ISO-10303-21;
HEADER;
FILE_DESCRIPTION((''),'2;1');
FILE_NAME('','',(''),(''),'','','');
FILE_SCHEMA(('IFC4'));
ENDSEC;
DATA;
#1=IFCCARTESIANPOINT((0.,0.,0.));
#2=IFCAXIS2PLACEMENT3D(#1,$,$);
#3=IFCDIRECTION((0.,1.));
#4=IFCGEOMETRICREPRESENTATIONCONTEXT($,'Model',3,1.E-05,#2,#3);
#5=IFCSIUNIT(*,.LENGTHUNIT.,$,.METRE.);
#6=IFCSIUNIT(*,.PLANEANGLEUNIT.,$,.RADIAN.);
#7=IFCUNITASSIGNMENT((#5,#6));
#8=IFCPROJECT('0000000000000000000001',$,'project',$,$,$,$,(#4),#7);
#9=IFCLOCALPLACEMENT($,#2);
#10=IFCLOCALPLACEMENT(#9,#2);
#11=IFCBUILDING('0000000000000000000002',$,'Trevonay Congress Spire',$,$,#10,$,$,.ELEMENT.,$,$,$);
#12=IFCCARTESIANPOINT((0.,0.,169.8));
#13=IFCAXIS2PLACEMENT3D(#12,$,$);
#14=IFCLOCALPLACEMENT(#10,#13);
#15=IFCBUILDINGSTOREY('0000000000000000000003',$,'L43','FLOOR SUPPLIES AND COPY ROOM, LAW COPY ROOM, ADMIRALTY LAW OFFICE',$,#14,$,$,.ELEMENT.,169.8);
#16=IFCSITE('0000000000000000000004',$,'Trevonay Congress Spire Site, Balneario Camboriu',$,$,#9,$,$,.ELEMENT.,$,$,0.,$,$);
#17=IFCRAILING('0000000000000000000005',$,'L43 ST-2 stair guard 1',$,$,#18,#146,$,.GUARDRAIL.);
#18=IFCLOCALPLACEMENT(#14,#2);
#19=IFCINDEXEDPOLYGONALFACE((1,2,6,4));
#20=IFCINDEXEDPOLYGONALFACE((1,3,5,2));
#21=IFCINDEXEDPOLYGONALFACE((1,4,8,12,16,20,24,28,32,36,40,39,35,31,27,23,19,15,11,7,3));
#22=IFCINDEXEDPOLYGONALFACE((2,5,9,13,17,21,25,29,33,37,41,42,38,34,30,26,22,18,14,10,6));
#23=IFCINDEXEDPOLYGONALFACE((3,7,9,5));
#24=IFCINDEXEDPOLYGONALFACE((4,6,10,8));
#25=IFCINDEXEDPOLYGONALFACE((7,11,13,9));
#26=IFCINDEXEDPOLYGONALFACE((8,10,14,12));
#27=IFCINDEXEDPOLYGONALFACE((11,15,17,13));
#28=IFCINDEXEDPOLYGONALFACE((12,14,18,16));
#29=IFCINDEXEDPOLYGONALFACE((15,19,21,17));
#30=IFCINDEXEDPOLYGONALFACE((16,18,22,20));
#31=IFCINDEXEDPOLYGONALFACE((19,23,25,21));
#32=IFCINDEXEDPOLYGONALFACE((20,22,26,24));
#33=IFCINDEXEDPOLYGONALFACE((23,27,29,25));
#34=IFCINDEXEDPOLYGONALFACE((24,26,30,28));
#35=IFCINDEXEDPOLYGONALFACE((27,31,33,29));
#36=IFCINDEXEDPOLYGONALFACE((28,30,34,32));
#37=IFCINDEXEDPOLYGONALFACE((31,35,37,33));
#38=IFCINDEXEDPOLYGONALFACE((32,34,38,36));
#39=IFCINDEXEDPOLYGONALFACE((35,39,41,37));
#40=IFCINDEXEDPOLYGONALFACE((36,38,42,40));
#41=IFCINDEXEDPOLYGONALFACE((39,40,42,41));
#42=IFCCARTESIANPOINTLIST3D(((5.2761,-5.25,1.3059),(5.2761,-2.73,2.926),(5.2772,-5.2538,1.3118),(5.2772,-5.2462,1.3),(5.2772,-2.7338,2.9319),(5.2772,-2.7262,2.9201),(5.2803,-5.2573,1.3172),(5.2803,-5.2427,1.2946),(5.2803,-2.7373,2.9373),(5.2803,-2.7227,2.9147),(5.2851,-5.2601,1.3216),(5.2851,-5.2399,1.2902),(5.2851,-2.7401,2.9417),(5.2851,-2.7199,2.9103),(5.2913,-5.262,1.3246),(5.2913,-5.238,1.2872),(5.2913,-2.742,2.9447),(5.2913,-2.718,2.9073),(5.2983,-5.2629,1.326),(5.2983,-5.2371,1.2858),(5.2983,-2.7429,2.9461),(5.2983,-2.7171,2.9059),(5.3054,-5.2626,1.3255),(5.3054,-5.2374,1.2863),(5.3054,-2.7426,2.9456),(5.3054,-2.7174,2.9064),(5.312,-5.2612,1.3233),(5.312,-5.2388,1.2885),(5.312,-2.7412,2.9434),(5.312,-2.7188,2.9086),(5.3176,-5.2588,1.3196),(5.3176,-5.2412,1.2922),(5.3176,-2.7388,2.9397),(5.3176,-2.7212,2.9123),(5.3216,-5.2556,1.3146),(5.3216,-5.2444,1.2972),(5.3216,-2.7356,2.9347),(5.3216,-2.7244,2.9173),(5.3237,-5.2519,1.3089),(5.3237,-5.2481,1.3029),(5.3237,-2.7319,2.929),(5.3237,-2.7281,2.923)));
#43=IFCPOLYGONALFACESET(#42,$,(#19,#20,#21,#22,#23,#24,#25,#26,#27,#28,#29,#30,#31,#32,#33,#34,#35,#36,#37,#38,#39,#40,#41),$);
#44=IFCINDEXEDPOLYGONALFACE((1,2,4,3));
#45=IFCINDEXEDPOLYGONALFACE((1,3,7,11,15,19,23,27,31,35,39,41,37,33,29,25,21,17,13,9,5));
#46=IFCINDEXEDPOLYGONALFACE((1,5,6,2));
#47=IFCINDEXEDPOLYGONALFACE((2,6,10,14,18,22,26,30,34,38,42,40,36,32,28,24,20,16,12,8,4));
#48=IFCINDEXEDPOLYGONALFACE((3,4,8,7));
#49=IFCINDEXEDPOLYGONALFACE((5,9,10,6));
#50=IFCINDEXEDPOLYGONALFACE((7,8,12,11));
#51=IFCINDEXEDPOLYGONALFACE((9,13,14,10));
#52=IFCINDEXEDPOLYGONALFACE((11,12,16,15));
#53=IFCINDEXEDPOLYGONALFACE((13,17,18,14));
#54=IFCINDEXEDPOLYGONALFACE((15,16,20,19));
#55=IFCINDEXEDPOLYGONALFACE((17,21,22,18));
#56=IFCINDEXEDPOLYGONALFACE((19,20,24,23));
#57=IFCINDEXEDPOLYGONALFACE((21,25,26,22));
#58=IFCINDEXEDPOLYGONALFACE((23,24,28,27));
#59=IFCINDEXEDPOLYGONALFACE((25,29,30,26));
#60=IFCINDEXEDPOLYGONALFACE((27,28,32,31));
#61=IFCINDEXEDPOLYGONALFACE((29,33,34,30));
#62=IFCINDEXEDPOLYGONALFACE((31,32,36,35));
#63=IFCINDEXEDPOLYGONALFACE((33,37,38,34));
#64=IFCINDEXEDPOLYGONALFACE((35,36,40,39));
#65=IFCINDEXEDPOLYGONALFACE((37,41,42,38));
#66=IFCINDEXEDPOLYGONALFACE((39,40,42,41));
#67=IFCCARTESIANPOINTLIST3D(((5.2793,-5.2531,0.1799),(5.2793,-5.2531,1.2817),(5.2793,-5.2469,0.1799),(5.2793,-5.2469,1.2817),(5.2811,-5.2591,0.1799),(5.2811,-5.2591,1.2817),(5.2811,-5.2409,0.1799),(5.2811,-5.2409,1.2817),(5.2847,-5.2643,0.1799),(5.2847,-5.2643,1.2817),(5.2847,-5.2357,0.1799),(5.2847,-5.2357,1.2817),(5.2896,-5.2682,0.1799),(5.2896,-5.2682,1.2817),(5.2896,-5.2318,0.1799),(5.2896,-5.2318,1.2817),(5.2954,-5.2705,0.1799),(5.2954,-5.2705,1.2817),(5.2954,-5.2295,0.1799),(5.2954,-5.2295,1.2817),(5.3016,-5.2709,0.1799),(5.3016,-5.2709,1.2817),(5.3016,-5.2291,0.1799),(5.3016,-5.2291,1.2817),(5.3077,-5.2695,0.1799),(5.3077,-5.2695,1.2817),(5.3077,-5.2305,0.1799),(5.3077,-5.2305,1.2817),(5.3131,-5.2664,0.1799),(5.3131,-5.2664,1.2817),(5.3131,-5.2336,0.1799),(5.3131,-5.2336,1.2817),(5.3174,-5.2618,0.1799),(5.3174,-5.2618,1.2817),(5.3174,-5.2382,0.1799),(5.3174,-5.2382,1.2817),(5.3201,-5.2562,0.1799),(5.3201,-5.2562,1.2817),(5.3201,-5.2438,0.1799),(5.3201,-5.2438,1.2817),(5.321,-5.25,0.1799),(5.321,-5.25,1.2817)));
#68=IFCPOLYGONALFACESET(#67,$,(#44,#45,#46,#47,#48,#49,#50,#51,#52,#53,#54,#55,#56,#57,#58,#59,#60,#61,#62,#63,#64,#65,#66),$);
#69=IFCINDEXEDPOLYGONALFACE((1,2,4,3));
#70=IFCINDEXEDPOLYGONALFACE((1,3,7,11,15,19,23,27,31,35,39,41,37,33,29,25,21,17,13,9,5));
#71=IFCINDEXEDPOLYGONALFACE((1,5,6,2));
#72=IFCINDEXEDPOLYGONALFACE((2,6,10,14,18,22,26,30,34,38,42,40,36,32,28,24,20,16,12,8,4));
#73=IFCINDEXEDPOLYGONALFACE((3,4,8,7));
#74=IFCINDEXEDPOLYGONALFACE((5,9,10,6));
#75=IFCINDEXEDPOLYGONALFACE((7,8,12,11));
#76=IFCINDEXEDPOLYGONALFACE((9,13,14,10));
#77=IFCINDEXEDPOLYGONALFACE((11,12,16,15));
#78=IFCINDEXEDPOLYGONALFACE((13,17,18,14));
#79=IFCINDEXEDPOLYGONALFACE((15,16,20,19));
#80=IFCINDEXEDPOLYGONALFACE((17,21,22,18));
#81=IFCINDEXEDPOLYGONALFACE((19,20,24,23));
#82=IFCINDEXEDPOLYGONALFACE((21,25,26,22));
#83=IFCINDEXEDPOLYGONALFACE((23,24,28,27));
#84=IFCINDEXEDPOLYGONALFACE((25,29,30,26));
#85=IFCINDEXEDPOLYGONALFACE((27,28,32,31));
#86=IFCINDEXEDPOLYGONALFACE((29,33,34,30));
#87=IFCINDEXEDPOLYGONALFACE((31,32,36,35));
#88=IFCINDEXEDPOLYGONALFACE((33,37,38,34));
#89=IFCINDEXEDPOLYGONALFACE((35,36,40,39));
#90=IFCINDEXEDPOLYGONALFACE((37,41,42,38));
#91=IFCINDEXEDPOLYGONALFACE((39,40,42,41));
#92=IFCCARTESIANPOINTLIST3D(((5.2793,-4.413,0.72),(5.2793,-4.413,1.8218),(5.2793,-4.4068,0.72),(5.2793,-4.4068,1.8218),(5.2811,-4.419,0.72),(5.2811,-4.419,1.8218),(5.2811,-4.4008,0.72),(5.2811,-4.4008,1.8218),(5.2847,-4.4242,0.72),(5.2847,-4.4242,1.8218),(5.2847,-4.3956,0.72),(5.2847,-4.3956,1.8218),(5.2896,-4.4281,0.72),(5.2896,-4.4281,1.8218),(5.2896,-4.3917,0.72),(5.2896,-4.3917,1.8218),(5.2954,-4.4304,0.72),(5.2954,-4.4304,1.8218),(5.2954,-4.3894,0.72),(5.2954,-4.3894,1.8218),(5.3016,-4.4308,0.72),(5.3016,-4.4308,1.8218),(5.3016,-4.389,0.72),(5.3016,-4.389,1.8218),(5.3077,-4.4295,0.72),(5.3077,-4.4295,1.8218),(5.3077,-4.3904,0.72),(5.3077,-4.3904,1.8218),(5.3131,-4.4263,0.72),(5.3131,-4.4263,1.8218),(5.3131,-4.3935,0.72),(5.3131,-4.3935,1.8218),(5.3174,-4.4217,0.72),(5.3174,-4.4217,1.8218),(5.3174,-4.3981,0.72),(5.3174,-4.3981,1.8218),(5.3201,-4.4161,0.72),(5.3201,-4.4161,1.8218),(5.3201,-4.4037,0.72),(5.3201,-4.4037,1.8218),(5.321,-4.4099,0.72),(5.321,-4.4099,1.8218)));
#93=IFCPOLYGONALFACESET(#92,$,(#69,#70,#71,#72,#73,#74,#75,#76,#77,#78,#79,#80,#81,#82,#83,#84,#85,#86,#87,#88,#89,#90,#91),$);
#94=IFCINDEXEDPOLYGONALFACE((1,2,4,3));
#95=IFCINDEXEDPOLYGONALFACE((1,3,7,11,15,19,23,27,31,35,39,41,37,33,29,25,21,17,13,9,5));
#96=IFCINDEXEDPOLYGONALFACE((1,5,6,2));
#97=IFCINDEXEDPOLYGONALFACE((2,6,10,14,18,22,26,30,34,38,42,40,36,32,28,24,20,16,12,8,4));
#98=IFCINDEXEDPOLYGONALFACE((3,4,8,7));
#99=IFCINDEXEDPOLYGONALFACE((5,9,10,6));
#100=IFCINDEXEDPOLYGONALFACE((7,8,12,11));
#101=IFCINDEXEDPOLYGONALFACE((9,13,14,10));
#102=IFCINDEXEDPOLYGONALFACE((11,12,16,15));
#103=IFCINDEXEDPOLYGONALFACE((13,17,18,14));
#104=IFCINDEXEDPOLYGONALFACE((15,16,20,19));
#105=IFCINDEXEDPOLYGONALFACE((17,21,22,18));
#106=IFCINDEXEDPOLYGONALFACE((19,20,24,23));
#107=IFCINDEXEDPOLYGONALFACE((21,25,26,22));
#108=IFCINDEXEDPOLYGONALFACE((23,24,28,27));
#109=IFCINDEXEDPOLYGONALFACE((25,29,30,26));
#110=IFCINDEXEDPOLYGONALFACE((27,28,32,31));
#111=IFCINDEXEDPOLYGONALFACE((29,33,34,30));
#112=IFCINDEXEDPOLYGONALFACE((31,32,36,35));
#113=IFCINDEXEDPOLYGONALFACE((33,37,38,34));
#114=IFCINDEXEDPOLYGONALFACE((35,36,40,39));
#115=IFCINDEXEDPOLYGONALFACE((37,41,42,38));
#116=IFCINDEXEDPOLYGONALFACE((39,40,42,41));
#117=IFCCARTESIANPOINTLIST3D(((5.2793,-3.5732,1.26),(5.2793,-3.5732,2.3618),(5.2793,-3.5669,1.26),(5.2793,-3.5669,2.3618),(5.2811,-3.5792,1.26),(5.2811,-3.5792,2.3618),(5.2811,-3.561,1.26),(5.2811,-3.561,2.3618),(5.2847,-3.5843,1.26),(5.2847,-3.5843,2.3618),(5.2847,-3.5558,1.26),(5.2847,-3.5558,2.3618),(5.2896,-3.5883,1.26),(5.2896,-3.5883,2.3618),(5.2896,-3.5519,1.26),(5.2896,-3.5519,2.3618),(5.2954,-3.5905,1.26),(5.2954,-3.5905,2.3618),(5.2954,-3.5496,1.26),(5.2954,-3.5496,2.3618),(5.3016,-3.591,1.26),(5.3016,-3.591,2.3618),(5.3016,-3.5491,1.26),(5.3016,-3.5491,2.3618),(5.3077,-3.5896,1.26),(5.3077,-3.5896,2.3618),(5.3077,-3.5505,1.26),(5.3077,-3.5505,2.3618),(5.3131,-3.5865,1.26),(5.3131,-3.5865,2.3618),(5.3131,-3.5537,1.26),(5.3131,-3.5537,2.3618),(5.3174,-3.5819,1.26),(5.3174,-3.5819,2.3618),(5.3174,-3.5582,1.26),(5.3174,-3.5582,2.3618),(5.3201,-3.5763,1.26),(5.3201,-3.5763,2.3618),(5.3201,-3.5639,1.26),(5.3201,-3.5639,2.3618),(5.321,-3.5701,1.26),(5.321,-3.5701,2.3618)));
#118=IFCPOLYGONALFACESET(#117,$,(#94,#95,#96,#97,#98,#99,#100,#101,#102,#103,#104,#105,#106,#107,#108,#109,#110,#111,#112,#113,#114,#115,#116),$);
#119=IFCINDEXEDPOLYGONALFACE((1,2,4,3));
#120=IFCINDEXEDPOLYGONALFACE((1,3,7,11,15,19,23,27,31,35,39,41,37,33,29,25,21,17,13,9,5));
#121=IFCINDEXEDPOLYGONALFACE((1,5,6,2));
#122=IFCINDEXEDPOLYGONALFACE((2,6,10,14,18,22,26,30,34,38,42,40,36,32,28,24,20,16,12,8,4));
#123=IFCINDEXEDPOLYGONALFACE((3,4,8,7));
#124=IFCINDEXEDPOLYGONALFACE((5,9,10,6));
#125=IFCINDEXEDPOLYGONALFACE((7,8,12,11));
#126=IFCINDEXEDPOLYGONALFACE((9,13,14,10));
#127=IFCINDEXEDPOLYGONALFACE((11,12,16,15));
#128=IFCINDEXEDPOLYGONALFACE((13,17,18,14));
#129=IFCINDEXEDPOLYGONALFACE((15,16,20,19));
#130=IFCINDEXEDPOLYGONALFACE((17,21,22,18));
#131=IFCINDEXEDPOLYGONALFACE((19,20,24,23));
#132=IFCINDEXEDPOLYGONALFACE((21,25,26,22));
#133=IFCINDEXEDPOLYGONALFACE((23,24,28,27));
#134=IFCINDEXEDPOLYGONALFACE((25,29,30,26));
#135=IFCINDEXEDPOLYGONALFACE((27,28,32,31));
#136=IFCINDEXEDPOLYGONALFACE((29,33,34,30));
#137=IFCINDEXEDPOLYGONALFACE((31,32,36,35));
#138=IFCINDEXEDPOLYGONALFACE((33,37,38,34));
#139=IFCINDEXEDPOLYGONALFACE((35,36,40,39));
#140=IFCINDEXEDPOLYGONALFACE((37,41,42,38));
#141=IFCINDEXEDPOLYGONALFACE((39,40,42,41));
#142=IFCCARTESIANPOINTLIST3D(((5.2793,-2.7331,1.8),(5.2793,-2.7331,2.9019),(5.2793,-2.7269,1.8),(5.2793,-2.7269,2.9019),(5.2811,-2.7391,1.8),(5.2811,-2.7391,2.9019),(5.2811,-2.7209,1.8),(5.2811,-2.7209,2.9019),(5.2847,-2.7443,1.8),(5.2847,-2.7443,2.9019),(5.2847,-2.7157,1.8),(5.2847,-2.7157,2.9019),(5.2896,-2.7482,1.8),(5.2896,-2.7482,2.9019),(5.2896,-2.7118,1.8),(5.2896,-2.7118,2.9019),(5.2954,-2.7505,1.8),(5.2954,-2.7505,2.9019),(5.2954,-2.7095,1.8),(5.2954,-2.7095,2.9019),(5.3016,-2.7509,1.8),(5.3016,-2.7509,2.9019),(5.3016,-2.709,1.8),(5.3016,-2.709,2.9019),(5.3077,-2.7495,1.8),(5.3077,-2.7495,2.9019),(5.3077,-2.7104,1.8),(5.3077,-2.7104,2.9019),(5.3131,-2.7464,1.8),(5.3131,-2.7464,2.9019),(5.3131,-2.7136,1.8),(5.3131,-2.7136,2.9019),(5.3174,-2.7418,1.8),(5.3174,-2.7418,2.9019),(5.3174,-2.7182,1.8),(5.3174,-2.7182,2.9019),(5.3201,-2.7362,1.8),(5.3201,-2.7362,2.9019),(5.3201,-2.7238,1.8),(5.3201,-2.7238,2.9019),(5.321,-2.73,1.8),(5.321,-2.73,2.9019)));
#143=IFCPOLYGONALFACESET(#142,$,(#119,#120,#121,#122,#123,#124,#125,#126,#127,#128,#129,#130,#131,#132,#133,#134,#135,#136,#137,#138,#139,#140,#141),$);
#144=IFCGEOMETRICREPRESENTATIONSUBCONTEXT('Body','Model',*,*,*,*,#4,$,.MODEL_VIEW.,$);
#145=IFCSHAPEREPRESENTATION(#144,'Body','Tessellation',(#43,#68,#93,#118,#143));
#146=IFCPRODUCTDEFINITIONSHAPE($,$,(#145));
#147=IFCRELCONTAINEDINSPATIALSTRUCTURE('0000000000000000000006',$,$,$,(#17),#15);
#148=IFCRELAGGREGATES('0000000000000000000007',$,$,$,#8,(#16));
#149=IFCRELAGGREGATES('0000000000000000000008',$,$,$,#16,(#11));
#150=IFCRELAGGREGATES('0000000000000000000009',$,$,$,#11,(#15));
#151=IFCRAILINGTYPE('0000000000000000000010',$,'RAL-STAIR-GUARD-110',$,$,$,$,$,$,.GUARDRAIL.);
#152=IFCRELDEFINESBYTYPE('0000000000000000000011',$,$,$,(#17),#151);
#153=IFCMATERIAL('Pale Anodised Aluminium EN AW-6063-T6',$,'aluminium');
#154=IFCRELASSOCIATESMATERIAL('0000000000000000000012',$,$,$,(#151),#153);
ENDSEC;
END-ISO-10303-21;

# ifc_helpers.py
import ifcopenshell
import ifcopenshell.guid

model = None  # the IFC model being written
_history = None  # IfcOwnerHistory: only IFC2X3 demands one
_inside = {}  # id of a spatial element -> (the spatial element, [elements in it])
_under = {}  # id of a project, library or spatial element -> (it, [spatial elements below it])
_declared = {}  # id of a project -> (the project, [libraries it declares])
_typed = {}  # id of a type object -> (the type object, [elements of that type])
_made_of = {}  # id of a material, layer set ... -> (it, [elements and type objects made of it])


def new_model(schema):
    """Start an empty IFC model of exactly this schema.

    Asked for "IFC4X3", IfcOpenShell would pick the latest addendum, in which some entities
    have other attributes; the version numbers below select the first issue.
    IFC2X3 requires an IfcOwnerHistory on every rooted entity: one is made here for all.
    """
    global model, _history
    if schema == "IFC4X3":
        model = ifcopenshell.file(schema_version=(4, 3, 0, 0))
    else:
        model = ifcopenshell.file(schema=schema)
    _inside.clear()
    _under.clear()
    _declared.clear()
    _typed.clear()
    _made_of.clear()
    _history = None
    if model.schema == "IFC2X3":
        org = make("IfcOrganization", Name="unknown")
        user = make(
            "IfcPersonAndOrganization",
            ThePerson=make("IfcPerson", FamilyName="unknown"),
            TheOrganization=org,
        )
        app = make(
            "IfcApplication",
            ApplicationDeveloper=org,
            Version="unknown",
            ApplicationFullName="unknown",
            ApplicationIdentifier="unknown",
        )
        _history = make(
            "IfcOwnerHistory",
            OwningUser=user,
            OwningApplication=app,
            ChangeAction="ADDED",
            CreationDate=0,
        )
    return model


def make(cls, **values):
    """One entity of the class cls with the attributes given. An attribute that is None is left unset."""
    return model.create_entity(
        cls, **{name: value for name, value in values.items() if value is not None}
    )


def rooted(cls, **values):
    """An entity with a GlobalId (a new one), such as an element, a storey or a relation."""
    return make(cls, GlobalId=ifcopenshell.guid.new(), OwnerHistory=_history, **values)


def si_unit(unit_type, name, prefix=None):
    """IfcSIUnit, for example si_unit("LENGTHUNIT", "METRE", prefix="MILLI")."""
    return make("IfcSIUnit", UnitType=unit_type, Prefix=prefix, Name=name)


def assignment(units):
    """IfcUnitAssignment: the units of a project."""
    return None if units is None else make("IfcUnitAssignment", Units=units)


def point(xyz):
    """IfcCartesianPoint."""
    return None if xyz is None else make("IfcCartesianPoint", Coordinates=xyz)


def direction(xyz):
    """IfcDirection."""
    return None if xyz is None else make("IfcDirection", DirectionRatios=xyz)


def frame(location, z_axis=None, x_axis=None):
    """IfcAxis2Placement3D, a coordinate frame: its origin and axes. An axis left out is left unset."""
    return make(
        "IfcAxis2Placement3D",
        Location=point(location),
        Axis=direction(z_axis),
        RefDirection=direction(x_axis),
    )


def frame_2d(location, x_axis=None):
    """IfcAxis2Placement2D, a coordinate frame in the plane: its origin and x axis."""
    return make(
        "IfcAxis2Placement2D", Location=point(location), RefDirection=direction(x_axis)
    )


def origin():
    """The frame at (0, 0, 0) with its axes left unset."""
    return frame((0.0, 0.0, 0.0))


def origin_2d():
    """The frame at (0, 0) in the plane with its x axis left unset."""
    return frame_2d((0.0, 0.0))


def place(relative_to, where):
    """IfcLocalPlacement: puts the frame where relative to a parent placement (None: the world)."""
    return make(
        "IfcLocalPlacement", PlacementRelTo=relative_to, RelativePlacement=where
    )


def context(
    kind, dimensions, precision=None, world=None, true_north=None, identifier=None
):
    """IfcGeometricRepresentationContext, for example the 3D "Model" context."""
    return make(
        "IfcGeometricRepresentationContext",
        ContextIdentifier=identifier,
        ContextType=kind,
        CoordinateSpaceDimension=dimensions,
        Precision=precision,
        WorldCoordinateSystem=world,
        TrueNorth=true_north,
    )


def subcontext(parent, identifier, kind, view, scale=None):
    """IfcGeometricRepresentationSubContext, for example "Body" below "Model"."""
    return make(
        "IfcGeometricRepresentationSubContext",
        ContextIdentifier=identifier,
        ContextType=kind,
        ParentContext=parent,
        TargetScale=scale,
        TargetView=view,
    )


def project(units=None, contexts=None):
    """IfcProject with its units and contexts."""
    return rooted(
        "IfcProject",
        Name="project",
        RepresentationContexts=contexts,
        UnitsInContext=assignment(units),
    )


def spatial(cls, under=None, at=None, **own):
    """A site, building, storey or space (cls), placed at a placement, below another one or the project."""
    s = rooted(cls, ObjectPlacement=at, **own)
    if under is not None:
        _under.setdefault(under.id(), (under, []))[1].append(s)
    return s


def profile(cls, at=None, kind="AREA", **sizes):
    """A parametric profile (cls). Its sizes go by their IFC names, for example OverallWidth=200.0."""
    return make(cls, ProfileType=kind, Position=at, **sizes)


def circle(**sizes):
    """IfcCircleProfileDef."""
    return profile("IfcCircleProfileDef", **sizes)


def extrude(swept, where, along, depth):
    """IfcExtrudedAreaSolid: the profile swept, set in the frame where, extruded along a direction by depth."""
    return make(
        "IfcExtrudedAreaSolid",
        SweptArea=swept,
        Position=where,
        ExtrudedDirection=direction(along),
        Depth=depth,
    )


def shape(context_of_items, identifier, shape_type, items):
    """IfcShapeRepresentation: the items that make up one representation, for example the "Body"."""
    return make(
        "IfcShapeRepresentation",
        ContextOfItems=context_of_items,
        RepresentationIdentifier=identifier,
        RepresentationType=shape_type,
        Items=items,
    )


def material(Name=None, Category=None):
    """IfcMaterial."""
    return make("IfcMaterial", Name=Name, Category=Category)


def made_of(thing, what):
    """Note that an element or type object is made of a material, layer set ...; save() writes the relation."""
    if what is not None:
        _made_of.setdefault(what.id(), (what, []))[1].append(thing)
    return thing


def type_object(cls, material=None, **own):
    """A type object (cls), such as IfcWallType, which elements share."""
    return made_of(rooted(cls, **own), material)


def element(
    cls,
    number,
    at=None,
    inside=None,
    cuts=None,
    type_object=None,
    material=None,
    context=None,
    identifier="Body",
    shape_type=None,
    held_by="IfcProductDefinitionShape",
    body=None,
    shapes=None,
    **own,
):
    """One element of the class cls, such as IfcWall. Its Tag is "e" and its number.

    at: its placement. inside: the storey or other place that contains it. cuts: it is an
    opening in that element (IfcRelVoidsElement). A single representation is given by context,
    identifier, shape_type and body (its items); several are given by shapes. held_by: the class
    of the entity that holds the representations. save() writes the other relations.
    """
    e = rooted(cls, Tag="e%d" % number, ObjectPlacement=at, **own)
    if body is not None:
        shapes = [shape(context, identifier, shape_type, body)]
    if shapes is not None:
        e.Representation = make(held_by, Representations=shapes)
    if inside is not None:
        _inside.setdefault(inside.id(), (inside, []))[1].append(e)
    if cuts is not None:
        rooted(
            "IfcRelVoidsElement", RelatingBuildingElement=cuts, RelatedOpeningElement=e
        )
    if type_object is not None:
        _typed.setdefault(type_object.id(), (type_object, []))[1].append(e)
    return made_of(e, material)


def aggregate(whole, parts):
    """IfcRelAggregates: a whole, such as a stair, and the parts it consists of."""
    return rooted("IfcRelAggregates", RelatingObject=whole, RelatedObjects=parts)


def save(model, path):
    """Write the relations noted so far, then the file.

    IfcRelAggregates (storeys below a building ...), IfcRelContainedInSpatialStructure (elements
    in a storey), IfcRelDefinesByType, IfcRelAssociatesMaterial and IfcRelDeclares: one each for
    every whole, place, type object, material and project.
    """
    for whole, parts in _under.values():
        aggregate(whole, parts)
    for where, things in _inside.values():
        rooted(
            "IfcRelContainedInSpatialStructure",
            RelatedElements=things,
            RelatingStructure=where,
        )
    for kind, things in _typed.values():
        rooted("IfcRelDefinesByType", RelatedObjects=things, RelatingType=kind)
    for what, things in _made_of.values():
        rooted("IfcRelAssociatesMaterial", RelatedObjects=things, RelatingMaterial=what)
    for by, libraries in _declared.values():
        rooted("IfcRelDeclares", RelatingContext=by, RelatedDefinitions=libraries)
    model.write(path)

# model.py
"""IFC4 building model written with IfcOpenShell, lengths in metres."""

from ifc_helpers import new_model, si_unit, direction, frame, origin, origin_2d, place, context, subcontext, project, spatial, circle, extrude, material, type_object, element, save


model = new_model("IFC4")

# Units and contexts
model_context = context("Model", 3, precision=1e-05, world=origin(), true_north=direction((0.0, 1.0)))
body_context = subcontext(model_context, "Body", "Model", "MODEL_VIEW")
ifc_project = project(units=[si_unit("LENGTHUNIT", "METRE"), si_unit("PLANEANGLEUNIT", "RADIAN")], contexts=[model_context])

# Site, building, storey
site_placement = place(None, origin())
site = spatial("IfcSite", under=ifc_project, at=site_placement, Name="Trevonay Congress Spire Site, Balneario Camboriu", CompositionType="ELEMENT", RefElevation=0.0)
building_placement = place(site_placement, origin())
building = spatial("IfcBuilding", under=site, at=building_placement, Name="Trevonay Congress Spire", CompositionType="ELEMENT")
storey_placement = place(building_placement, frame((0.0, 0.0, 169.8)))
storey = spatial("IfcBuildingStorey", under=building, at=storey_placement, Name="L43", Description="FLOOR SUPPLIES AND COPY ROOM, LAW COPY ROOM, ADMIRALTY LAW OFFICE", CompositionType="ELEMENT", Elevation=169.8)

# Shared definitions
ifc_material_1 = material(Name="Pale Anodised Aluminium EN AW-6063-T6", Category="aluminium")

# Railing
railing_type_1 = type_object("IfcRailingType", Name="RAL-STAIR-GUARD-110", PredefinedType="GUARDRAIL", material=ifc_material_1)
railing_1_placement = place(storey_placement, frame((5.3, -5.25, 0.1799)))
element("IfcRailing", 1, at=railing_1_placement, inside=storey, type_object=railing_type_1, Name="L43 ST-2 stair guard 1", PredefinedType="GUARDRAIL", context=body_context, shape_type="SweptSolid", body=[
    extrude(circle(Radius=0.0239, at=origin_2d()), frame((0.0, 0.0, 1.126), z_axis=(0.0, 0.841163, 0.540782), x_axis=(-1.0, 0.0, 0.0)), (0.0, 0.0, 1.0), 2.9958),
    extrude(circle(Radius=0.021, at=origin_2d()), origin(), (0.0, 0.0, 1.0), 1.1018),
    extrude(circle(Radius=0.021, at=origin_2d()), frame((0.0, 0.8401, 0.54)), (0.0, 0.0, 1.0), 1.1018),
    extrude(circle(Radius=0.021, at=origin_2d()), frame((0.0, 1.6799, 1.0801)), (0.0, 0.0, 1.0), 1.1018),
    extrude(circle(Radius=0.021, at=origin_2d()), frame((0.0, 2.52, 1.6201)), (0.0, 0.0, 1.0), 1.1018),
])

save(model, "model.ifc")
